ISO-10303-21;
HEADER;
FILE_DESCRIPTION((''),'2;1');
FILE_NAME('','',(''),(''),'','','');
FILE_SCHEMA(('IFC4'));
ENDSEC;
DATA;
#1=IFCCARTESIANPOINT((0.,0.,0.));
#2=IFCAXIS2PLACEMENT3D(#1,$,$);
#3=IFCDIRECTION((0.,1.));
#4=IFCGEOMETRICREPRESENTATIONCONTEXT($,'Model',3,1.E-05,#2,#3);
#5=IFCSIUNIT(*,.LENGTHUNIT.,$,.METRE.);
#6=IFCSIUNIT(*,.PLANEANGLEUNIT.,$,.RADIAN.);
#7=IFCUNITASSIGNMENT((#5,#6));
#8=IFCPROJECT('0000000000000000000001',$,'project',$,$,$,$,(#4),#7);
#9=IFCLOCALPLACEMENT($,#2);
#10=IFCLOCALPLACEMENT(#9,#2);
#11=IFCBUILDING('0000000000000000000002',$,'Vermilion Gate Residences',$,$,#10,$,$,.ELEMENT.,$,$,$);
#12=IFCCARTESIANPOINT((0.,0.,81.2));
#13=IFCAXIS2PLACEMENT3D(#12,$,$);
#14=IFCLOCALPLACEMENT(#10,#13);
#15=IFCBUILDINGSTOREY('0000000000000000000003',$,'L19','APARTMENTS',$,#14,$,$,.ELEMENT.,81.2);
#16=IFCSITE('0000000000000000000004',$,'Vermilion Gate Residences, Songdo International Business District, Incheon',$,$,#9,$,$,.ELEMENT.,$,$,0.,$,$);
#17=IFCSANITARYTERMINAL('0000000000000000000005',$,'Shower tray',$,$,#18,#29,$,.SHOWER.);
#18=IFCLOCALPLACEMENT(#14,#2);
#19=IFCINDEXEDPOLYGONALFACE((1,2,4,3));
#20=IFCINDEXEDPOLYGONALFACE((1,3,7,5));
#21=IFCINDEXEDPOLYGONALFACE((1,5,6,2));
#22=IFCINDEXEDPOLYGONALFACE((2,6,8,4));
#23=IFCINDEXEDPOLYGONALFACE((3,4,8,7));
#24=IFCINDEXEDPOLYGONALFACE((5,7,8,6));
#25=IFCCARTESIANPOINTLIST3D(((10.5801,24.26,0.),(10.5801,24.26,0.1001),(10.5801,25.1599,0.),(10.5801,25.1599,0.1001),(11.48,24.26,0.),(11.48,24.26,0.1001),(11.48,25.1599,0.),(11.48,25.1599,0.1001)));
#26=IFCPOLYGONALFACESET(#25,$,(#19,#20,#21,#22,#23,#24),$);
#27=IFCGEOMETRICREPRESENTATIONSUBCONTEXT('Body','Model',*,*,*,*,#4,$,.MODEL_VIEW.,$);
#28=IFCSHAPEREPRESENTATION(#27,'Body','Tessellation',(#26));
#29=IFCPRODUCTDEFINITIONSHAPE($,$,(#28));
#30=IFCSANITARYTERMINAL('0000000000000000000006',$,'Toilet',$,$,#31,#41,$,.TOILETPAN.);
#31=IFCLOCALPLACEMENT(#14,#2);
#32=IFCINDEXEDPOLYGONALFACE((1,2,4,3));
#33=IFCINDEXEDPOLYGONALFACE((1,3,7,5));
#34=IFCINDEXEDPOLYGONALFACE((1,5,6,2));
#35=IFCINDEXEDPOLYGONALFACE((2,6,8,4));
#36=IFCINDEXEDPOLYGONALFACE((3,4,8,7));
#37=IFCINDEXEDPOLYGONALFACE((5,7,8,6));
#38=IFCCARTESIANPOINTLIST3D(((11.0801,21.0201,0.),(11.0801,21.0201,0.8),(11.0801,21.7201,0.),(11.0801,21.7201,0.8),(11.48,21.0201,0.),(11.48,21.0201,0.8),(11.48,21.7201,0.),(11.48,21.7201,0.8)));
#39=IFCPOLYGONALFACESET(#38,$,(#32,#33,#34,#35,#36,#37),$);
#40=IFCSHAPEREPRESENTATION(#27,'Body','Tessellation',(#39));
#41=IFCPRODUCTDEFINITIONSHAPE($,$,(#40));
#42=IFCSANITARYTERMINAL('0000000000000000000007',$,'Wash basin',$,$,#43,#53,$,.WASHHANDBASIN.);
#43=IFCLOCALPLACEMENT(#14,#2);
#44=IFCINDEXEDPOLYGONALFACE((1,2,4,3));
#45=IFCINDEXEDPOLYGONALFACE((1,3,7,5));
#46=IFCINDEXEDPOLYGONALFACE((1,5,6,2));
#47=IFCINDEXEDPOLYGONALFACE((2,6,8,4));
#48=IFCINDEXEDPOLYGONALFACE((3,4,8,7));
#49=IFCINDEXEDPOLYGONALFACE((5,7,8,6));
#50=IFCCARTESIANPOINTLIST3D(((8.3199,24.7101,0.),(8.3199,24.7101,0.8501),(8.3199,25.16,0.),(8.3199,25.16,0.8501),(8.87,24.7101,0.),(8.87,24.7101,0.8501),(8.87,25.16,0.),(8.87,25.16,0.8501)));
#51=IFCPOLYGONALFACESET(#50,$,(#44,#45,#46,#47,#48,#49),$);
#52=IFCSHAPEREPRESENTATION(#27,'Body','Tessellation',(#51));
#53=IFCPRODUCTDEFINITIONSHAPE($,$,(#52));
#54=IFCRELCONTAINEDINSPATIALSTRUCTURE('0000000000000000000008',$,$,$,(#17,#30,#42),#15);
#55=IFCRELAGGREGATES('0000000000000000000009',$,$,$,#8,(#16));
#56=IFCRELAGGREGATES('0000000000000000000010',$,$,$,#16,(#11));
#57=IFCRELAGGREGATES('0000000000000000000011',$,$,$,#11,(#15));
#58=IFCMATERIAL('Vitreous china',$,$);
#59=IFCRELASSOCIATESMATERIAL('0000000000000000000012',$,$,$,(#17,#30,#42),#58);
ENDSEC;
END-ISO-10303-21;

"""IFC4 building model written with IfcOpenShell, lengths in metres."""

from ifc_helpers import new_model, si_unit, direction, frame, origin, origin_2d, place, context, subcontext, project, spatial, rectangle, extrude, material, element, save


model = new_model("IFC4")

# Units and contexts
model_context = context("Model", 3, precision=1e-05, world=origin(), true_north=direction((0.0, 1.0)))
body_context = subcontext(model_context, "Body", "Model", "MODEL_VIEW")
ifc_project = project(units=[si_unit("LENGTHUNIT", "METRE"), si_unit("PLANEANGLEUNIT", "RADIAN")], contexts=[model_context])

# Site, building, storey
site_placement = place(None, origin())
site = spatial("IfcSite", under=ifc_project, at=site_placement, Name="Vermilion Gate Residences, Songdo International Business District, Incheon", CompositionType="ELEMENT", RefElevation=0.0)
building_placement = place(site_placement, origin())
building = spatial("IfcBuilding", under=site, at=building_placement, Name="Vermilion Gate Residences", CompositionType="ELEMENT")
storey_placement = place(building_placement, frame((0.0, 0.0, 81.2)))
storey = spatial("IfcBuildingStorey", under=building, at=storey_placement, Name="L19", Description="APARTMENTS", CompositionType="ELEMENT", Elevation=81.2)

# Sanitary terminals
ifc_material_1 = material(Name="Vitreous china")
sanitary_terminal_1_placement = place(storey_placement, frame((11.03, 24.71, 0.0), z_axis=(0.0, 0.0, 1.0), x_axis=(1.0, 0.0, 0.0)))
element("IfcSanitaryTerminal", 1, at=sanitary_terminal_1_placement, inside=storey, material=ifc_material_1, Name="Shower tray", PredefinedType="SHOWER", context=body_context, shape_type="SweptSolid", body=[
    extrude(rectangle(XDim=0.8999, YDim=0.8999, at=origin_2d()), origin(), (0.0, 0.0, 1.0), 0.1001),
])
sanitary_terminal_2_placement = place(storey_placement, frame((11.28, 21.3701, 0.0), z_axis=(0.0, 0.0, 1.0), x_axis=(1.0, 0.0, 0.0)))
element("IfcSanitaryTerminal", 2, at=sanitary_terminal_2_placement, inside=storey, material=ifc_material_1, Name="Toilet", PredefinedType="TOILETPAN", context=body_context, shape_type="SweptSolid", body=[
    extrude(rectangle(XDim=0.3999, YDim=0.7, at=origin_2d()), origin(), (0.0, 0.0, 1.0), 0.8),
])
sanitary_terminal_3_placement = place(storey_placement, frame((8.595, 24.9351, 0.0), z_axis=(0.0, 0.0, 1.0), x_axis=(1.0, 0.0, 0.0)))
element("IfcSanitaryTerminal", 3, at=sanitary_terminal_3_placement, inside=storey, material=ifc_material_1, Name="Wash basin", PredefinedType="WASHHANDBASIN", context=body_context, shape_type="SweptSolid", body=[
    extrude(rectangle(XDim=0.55, YDim=0.45, at=origin_2d()), origin(), (0.0, 0.0, 1.0), 0.8501),
])

save(model, "model.ifc")
